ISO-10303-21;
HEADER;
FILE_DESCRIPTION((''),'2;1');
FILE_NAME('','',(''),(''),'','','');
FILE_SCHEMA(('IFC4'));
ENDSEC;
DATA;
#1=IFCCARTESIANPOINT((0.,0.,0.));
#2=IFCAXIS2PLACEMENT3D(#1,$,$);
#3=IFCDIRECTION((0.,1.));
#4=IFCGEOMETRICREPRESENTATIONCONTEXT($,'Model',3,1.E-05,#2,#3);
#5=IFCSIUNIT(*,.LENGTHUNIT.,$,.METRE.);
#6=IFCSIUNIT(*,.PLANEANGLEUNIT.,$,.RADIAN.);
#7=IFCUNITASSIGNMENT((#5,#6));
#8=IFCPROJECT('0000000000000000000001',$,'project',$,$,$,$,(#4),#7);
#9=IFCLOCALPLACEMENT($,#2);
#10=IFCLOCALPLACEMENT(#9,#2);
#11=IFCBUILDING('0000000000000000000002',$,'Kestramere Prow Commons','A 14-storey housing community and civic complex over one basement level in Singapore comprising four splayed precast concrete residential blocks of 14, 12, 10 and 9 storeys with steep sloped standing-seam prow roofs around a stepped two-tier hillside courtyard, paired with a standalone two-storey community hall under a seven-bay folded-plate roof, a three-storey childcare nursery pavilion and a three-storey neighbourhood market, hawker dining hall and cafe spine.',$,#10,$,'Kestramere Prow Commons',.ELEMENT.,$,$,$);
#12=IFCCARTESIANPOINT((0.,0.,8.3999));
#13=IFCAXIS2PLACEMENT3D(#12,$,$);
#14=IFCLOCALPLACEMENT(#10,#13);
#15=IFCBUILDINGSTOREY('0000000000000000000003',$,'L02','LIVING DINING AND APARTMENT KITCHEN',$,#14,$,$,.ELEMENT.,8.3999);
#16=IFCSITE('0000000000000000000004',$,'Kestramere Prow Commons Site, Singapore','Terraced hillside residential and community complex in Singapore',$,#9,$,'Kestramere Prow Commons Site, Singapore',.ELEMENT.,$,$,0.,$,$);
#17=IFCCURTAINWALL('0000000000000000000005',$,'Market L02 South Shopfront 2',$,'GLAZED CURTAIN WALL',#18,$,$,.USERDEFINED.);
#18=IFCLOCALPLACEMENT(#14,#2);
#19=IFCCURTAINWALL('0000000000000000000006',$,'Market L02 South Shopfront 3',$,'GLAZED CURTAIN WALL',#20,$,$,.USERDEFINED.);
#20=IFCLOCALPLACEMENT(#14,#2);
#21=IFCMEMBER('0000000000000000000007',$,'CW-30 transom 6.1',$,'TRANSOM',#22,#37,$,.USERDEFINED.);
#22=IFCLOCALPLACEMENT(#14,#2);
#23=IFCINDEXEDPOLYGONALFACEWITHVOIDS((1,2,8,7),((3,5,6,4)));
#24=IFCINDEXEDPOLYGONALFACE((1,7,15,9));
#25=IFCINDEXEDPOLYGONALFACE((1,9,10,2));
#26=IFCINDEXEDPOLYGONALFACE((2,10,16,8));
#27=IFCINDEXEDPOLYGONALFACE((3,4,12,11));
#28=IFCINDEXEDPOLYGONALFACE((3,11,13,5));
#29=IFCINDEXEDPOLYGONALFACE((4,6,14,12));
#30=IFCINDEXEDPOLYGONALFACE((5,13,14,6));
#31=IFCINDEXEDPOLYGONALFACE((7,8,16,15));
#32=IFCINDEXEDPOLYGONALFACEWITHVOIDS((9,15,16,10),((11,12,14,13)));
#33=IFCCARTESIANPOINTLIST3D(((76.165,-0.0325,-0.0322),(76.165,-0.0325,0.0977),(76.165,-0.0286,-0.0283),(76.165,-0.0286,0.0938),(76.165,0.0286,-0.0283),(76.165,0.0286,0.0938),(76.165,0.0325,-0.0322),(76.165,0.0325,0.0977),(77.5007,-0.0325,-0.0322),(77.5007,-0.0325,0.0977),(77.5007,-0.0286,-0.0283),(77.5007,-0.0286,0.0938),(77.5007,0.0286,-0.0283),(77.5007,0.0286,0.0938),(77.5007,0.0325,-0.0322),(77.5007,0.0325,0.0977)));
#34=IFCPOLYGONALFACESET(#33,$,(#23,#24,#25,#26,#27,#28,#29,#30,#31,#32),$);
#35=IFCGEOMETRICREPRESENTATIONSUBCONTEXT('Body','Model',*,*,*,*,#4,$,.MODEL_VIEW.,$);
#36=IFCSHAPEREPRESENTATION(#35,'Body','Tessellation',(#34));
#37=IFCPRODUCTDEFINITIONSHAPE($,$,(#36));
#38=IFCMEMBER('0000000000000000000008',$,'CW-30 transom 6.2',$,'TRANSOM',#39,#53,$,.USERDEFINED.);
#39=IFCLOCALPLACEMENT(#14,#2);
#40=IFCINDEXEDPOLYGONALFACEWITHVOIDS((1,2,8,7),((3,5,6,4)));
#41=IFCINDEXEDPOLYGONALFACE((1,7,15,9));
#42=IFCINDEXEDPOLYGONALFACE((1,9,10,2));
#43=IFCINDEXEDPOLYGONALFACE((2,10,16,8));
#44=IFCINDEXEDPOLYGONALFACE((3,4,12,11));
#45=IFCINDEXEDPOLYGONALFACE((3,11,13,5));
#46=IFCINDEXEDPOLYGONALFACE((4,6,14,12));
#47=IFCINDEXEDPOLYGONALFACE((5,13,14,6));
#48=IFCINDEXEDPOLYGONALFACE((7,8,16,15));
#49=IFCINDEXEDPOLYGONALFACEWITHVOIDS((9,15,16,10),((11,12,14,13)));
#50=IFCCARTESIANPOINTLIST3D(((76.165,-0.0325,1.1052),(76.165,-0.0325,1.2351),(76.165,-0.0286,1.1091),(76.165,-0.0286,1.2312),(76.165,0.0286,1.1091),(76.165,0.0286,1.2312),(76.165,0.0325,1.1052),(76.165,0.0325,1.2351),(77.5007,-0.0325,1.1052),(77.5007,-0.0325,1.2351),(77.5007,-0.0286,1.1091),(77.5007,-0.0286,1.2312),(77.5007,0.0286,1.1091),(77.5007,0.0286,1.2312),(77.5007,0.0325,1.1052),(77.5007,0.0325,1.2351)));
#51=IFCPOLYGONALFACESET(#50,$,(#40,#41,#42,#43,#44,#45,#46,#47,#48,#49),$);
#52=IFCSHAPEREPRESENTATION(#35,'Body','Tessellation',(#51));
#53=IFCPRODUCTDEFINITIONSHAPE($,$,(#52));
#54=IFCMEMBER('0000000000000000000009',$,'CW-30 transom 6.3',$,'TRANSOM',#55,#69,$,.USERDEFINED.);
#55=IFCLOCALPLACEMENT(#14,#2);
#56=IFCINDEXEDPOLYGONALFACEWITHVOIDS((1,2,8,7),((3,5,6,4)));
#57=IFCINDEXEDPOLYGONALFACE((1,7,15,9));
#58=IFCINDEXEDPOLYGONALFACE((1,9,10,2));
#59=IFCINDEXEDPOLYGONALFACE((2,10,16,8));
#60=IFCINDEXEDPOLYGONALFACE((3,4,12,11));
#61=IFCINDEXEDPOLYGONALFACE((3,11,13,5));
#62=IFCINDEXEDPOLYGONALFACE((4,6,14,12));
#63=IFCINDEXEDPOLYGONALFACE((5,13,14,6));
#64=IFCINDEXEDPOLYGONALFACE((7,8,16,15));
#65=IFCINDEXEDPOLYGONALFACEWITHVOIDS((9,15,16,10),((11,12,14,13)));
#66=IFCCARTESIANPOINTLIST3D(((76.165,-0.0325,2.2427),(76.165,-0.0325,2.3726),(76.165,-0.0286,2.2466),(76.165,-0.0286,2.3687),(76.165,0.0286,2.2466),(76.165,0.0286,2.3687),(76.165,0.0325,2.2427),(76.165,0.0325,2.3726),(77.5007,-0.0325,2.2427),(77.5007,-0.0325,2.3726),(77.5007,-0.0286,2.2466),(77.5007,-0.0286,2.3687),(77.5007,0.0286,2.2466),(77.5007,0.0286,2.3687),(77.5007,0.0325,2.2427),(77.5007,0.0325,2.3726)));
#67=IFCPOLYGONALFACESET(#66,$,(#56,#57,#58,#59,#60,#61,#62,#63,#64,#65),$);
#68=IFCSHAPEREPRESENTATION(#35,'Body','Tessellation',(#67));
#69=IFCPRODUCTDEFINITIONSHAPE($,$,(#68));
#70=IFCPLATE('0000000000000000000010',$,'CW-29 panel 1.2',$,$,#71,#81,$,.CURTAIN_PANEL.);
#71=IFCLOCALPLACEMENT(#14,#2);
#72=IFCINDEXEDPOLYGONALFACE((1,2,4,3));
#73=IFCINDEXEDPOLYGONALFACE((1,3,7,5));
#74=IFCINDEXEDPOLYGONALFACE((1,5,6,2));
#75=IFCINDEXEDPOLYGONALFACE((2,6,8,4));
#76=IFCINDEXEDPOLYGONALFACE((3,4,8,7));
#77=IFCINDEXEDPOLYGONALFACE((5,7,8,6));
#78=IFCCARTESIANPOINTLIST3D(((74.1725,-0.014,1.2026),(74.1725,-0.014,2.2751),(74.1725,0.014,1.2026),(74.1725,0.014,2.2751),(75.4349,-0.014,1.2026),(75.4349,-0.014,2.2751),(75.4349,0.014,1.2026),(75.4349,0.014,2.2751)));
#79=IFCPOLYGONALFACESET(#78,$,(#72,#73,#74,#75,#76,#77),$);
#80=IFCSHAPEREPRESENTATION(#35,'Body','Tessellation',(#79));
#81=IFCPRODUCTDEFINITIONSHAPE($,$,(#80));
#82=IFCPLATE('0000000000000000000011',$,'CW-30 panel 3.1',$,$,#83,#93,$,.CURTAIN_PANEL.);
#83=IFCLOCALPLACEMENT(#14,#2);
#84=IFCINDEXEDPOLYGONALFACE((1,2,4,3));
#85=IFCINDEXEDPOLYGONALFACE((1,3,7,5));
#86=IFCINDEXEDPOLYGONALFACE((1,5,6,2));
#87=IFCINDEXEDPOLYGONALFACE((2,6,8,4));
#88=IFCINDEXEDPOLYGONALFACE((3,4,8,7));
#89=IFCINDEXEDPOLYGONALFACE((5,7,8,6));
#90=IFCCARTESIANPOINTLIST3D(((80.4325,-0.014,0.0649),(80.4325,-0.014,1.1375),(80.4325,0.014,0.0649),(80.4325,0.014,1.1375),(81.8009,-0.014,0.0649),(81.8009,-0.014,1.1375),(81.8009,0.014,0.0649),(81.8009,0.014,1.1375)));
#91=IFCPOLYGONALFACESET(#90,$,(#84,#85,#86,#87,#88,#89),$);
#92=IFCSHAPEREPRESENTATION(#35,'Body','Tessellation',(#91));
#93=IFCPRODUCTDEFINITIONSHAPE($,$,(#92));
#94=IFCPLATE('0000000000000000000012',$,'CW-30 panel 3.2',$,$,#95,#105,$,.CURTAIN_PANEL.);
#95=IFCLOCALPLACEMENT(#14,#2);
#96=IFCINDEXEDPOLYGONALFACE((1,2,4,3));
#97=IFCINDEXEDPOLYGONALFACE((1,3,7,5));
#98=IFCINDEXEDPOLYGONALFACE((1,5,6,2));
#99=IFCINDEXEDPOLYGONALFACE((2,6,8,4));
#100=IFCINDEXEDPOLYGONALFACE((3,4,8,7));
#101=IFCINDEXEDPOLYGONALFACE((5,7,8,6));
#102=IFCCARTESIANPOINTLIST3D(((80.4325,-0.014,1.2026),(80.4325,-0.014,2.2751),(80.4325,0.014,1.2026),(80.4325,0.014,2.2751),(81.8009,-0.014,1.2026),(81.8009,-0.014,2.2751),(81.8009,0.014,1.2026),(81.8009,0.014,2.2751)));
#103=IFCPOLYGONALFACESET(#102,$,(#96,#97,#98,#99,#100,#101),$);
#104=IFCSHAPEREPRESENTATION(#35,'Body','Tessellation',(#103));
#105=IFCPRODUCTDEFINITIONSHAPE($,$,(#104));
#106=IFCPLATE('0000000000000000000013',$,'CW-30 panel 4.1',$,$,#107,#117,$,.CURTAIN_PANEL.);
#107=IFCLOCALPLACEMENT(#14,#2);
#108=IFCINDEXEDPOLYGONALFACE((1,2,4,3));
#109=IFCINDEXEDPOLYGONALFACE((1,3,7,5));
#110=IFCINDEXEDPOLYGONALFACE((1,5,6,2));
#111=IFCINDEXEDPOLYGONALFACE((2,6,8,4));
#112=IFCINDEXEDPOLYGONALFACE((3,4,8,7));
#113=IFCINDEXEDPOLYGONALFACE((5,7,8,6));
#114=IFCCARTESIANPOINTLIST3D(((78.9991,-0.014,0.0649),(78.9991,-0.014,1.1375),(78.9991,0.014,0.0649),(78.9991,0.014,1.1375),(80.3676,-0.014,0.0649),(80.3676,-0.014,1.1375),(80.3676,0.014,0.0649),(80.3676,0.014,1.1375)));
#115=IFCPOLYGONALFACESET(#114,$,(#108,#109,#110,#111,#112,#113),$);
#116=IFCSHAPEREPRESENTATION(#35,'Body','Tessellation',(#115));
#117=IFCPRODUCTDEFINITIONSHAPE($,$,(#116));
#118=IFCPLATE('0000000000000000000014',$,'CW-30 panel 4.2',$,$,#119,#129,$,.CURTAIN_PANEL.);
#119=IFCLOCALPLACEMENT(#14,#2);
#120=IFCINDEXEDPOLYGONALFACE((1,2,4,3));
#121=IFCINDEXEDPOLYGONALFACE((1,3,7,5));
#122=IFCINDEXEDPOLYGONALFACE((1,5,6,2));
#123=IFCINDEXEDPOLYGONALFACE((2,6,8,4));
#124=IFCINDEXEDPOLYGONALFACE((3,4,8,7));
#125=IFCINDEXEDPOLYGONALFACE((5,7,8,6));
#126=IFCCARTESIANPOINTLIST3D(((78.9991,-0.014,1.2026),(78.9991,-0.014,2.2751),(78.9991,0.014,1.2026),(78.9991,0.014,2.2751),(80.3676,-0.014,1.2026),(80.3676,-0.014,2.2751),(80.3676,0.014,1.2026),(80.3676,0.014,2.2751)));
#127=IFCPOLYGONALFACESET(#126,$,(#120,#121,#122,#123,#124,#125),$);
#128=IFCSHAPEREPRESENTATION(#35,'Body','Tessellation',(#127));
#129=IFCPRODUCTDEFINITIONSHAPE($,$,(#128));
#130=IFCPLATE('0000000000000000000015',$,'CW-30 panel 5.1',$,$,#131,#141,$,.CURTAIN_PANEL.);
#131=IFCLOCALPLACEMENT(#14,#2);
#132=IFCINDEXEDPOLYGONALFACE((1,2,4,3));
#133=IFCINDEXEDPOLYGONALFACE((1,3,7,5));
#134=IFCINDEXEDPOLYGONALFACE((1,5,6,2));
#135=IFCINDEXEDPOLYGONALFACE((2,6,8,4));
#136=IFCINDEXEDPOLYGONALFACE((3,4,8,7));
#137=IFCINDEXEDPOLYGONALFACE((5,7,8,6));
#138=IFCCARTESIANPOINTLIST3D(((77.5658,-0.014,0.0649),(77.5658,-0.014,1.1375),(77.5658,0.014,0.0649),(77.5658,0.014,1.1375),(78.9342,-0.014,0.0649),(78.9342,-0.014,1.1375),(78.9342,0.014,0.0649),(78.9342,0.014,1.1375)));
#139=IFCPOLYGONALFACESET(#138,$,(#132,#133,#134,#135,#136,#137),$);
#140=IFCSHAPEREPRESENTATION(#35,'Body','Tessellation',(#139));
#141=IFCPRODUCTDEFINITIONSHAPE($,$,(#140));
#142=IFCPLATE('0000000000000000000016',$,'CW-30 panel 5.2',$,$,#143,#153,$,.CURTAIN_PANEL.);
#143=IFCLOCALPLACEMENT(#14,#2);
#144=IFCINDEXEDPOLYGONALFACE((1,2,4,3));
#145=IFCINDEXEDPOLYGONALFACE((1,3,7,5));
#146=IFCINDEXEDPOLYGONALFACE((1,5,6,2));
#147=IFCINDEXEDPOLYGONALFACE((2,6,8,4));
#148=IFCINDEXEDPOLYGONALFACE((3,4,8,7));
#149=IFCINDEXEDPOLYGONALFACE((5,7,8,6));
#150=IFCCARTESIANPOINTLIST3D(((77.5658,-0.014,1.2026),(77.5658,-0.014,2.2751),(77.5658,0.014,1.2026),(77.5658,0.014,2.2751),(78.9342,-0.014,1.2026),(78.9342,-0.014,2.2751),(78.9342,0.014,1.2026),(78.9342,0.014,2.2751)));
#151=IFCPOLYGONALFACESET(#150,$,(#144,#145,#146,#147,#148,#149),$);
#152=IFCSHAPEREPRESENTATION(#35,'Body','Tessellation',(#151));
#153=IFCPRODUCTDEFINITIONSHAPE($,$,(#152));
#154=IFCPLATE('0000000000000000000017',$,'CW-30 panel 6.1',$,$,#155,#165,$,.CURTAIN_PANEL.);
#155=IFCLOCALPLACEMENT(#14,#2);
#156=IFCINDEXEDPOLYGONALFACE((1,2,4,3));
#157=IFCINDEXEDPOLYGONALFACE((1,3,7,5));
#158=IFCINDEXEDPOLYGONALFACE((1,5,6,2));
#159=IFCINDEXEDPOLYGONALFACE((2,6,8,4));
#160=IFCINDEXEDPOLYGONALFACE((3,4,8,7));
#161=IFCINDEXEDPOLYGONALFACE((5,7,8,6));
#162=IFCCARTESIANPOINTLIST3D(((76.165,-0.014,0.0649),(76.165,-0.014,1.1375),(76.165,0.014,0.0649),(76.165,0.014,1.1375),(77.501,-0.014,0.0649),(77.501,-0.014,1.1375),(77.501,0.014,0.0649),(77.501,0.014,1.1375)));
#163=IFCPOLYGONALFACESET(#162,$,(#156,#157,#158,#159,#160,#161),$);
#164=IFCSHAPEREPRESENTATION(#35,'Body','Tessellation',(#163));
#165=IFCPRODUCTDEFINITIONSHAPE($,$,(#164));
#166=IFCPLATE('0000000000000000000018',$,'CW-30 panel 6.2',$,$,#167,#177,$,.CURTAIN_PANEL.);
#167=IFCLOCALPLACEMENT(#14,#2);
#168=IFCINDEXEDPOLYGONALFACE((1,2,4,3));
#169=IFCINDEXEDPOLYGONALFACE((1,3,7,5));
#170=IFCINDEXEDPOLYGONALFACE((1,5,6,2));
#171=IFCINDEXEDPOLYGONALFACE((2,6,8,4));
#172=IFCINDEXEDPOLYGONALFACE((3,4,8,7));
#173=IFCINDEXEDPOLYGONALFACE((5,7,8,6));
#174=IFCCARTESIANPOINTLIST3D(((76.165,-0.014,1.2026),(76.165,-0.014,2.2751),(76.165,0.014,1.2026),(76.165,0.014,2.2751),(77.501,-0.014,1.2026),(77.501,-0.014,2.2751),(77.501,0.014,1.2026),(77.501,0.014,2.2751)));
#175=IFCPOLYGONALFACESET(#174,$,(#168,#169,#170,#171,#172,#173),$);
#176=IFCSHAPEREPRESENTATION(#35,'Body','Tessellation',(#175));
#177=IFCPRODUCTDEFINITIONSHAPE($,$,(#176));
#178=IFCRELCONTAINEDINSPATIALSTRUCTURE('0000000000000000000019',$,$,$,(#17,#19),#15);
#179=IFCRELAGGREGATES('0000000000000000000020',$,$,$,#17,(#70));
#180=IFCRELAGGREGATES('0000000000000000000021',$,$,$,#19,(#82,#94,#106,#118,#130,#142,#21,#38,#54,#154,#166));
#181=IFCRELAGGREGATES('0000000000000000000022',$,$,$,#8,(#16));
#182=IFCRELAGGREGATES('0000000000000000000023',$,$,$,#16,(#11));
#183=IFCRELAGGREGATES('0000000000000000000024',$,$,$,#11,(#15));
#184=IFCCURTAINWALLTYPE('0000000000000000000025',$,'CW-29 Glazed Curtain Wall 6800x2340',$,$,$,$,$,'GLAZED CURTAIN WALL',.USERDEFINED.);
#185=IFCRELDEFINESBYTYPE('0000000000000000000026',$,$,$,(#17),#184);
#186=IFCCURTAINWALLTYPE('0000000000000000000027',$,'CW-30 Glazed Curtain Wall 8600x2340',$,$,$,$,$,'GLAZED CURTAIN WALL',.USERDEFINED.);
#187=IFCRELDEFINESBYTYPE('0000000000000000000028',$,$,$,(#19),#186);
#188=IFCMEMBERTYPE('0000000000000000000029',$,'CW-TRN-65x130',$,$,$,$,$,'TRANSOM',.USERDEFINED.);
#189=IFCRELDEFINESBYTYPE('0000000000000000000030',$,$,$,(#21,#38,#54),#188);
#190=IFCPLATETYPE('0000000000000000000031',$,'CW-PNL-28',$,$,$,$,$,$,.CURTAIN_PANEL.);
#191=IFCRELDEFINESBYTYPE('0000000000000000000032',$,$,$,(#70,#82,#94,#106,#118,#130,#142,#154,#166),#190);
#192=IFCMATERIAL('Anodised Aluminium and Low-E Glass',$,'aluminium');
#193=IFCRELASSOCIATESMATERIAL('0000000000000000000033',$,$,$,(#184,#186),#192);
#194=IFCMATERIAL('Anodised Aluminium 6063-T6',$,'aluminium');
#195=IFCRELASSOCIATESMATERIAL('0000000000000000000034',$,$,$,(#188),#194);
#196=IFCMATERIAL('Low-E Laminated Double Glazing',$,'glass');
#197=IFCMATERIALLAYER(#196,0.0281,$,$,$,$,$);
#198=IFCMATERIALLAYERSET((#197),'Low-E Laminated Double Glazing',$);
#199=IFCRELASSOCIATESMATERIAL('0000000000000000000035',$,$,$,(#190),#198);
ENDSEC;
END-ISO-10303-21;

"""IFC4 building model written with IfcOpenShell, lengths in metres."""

from ifc_helpers import new_model, si_unit, direction, frame, origin, origin_2d, place, context, subcontext, project, spatial, rectangle, hollow_rectangle, extrude, material, layer, layer_set, material_profile, profile_set, type_object, element, aggregate, save


model = new_model("IFC4")

# Units and contexts
model_context = context("Model", 3, precision=1e-05, world=origin(), true_north=direction((0.0, 1.0)))
body_context = subcontext(model_context, "Body", "Model", "MODEL_VIEW")
ifc_project = project(units=[si_unit("LENGTHUNIT", "METRE"), si_unit("PLANEANGLEUNIT", "RADIAN")], contexts=[model_context])

# Site, building, storey
site_placement = place(None, origin())
site = spatial("IfcSite", under=ifc_project, at=site_placement, Name="Kestramere Prow Commons Site, Singapore", Description="Terraced hillside residential and community complex in Singapore", LongName="Kestramere Prow Commons Site, Singapore", CompositionType="ELEMENT", RefElevation=0.0)
building_placement = place(site_placement, origin())
building = spatial("IfcBuilding", under=site, at=building_placement, Name="Kestramere Prow Commons", Description="A 14-storey housing community and civic complex over one basement level in Singapore comprising four splayed precast concrete residential blocks of 14, 12, 10 and 9 storeys with steep sloped standing-seam prow roofs around a stepped two-tier hillside courtyard, paired with a standalone two-storey community hall under a seven-bay folded-plate roof, a three-storey childcare nursery pavilion and a three-storey neighbourhood market, hawker dining hall and cafe spine.", LongName="Kestramere Prow Commons", CompositionType="ELEMENT")
storey_placement = place(building_placement, frame((0.0, 0.0, 8.3999)))
storey = spatial("IfcBuildingStorey", under=building, at=storey_placement, Name="L02", Description="LIVING DINING AND APARTMENT KITCHEN", CompositionType="ELEMENT", Elevation=8.3999)

# Curtain wall
ifc_material_1 = material(Name="Anodised Aluminium and Low-E Glass", Category="aluminium")
curtain_wall_type_1 = type_object("IfcCurtainWallType", Name="CW-29 Glazed Curtain Wall 6800x2340", ElementType="GLAZED CURTAIN WALL", PredefinedType="USERDEFINED", material=ifc_material_1)
curtain_wall_1_placement = place(storey_placement, origin())
curtain_wall_1 = element("IfcCurtainWall", 1, at=curtain_wall_1_placement, inside=storey, type_object=curtain_wall_type_1, Name="Market L02 South Shopfront 2", ObjectType="GLAZED CURTAIN WALL", PredefinedType="USERDEFINED")
ifc_material_2 = material(Name="Anodised Aluminium 6063-T6", Category="aluminium")

# Curtain wall
curtain_wall_type_2 = type_object("IfcCurtainWallType", Name="CW-30 Glazed Curtain Wall 8600x2340", ElementType="GLAZED CURTAIN WALL", PredefinedType="USERDEFINED", material=ifc_material_1)
curtain_wall_2_placement = place(storey_placement, origin())
curtain_wall_2 = element("IfcCurtainWall", 2, at=curtain_wall_2_placement, inside=storey, type_object=curtain_wall_type_2, Name="Market L02 South Shopfront 3", ObjectType="GLAZED CURTAIN WALL", PredefinedType="USERDEFINED")

# Members
ifc_material_profile_1 = material_profile(ifc_material_2, hollow_rectangle(XDim=0.0649, YDim=0.1299, WallThickness=0.0039, at=origin_2d()), Name="ALU-TRN 65x130")
ifc_profile_set_1 = profile_set([ifc_material_profile_1], Name="Anodised Aluminium 6063-T6")
member_type_1 = type_object("IfcMemberType", Name="CW-TRN-65x130", ElementType="TRANSOM", PredefinedType="USERDEFINED", material=ifc_profile_set_1)
member_1_placement = place(storey_placement, frame((77.5007, 0.0, 0.0327), z_axis=(-1.0, 0.0, 0.0), x_axis=(0.0, -1.0, 0.0)))
member_1 = element("IfcMember", 3, at=member_1_placement, type_object=member_type_1, Name="CW-30 transom 6.1", ObjectType="TRANSOM", PredefinedType="USERDEFINED", context=body_context, shape_type="SweptSolid", body=[
    extrude(hollow_rectangle(XDim=0.0649, YDim=0.1299, WallThickness=0.0039, at=origin_2d()), origin(), (0.0, 0.0, 1.0), 1.3357),
])
member_2_placement = place(storey_placement, frame((77.5007, 0.0, 1.1702), z_axis=(-1.0, 0.0, 0.0), x_axis=(0.0, -1.0, 0.0)))
member_2 = element("IfcMember", 4, at=member_2_placement, type_object=member_type_1, Name="CW-30 transom 6.2", ObjectType="TRANSOM", PredefinedType="USERDEFINED", context=body_context, shape_type="SweptSolid", body=[
    extrude(hollow_rectangle(XDim=0.0649, YDim=0.1299, WallThickness=0.0039, at=origin_2d()), origin(), (0.0, 0.0, 1.0), 1.3357),
])
member_3_placement = place(storey_placement, frame((77.5007, 0.0, 2.3076), z_axis=(-1.0, 0.0, 0.0), x_axis=(0.0, -1.0, 0.0)))
member_3 = element("IfcMember", 5, at=member_3_placement, type_object=member_type_1, Name="CW-30 transom 6.3", ObjectType="TRANSOM", PredefinedType="USERDEFINED", context=body_context, shape_type="SweptSolid", body=[
    extrude(hollow_rectangle(XDim=0.0649, YDim=0.1299, WallThickness=0.0039, at=origin_2d()), origin(), (0.0, 0.0, 1.0), 1.3357),
])

# Plates
ifc_material_3 = material(Name="Low-E Laminated Double Glazing", Category="glass")
ifc_layer = layer(ifc_material_3, 0.0281)
ifc_layer_set = layer_set([ifc_layer], Name="Low-E Laminated Double Glazing")
plate_type = type_object("IfcPlateType", Name="CW-PNL-28", PredefinedType="CURTAIN_PANEL", material=ifc_layer_set)
plate_1_placement = place(storey_placement, frame((74.8037, 0.0, 1.2026), z_axis=(0.0, 0.0, 1.0), x_axis=(-1.0, 0.0, 0.0)))
plate_1 = element("IfcPlate", 6, at=plate_1_placement, type_object=plate_type, Name="CW-29 panel 1.2", PredefinedType="CURTAIN_PANEL", context=body_context, shape_type="SweptSolid", body=[
    extrude(rectangle(XDim=1.2625, YDim=0.0281, at=origin_2d()), origin(), (0.0, 0.0, 1.0), 1.0725),
])
aggregate(curtain_wall_1, [plate_1])
plate_2_placement = place(storey_placement, frame((81.1167, 0.0, 0.0649), z_axis=(0.0, 0.0, 1.0), x_axis=(-1.0, 0.0, 0.0)))
plate_2 = element("IfcPlate", 7, at=plate_2_placement, type_object=plate_type, Name="CW-30 panel 3.1", PredefinedType="CURTAIN_PANEL", context=body_context, shape_type="SweptSolid", body=[
    extrude(rectangle(XDim=1.3684, YDim=0.0281, at=origin_2d()), origin(), (0.0, 0.0, 1.0), 1.0725),
])
plate_3_placement = place(storey_placement, frame((81.1167, 0.0, 1.2026), z_axis=(0.0, 0.0, 1.0), x_axis=(-1.0, 0.0, 0.0)))
plate_3 = element("IfcPlate", 8, at=plate_3_placement, type_object=plate_type, Name="CW-30 panel 3.2", PredefinedType="CURTAIN_PANEL", context=body_context, shape_type="SweptSolid", body=[
    extrude(rectangle(XDim=1.3684, YDim=0.0281, at=origin_2d()), origin(), (0.0, 0.0, 1.0), 1.0725),
])
plate_4_placement = place(storey_placement, frame((79.6833, 0.0, 0.0649), z_axis=(0.0, 0.0, 1.0), x_axis=(-1.0, 0.0, 0.0)))
plate_4 = element("IfcPlate", 9, at=plate_4_placement, type_object=plate_type, Name="CW-30 panel 4.1", PredefinedType="CURTAIN_PANEL", context=body_context, shape_type="SweptSolid", body=[
    extrude(rectangle(XDim=1.3684, YDim=0.0281, at=origin_2d()), origin(), (0.0, 0.0, 1.0), 1.0725),
])
plate_5_placement = place(storey_placement, frame((79.6833, 0.0, 1.2026), z_axis=(0.0, 0.0, 1.0), x_axis=(-1.0, 0.0, 0.0)))
plate_5 = element("IfcPlate", 10, at=plate_5_placement, type_object=plate_type, Name="CW-30 panel 4.2", PredefinedType="CURTAIN_PANEL", context=body_context, shape_type="SweptSolid", body=[
    extrude(rectangle(XDim=1.3684, YDim=0.0281, at=origin_2d()), origin(), (0.0, 0.0, 1.0), 1.0725),
])
plate_6_placement = place(storey_placement, frame((78.25, 0.0, 0.0649), z_axis=(0.0, 0.0, 1.0), x_axis=(-1.0, 0.0, 0.0)))
plate_6 = element("IfcPlate", 11, at=plate_6_placement, type_object=plate_type, Name="CW-30 panel 5.1", PredefinedType="CURTAIN_PANEL", context=body_context, shape_type="SweptSolid", body=[
    extrude(rectangle(XDim=1.3684, YDim=0.0281, at=origin_2d()), origin(), (0.0, 0.0, 1.0), 1.0725),
])
plate_7_placement = place(storey_placement, frame((78.25, 0.0, 1.2026), z_axis=(0.0, 0.0, 1.0), x_axis=(-1.0, 0.0, 0.0)))
plate_7 = element("IfcPlate", 12, at=plate_7_placement, type_object=plate_type, Name="CW-30 panel 5.2", PredefinedType="CURTAIN_PANEL", context=body_context, shape_type="SweptSolid", body=[
    extrude(rectangle(XDim=1.3684, YDim=0.0281, at=origin_2d()), origin(), (0.0, 0.0, 1.0), 1.0725),
])
plate_8_placement = place(storey_placement, frame((76.833, 0.0, 0.0649), z_axis=(0.0, 0.0, 1.0), x_axis=(-1.0, 0.0, 0.0)))
plate_8 = element("IfcPlate", 13, at=plate_8_placement, type_object=plate_type, Name="CW-30 panel 6.1", PredefinedType="CURTAIN_PANEL", context=body_context, shape_type="SweptSolid", body=[
    extrude(rectangle(XDim=1.3359, YDim=0.0281, at=origin_2d()), origin(), (0.0, 0.0, 1.0), 1.0725),
])
plate_9_placement = place(storey_placement, frame((76.833, 0.0, 1.2026), z_axis=(0.0, 0.0, 1.0), x_axis=(-1.0, 0.0, 0.0)))
plate_9 = element("IfcPlate", 14, at=plate_9_placement, type_object=plate_type, Name="CW-30 panel 6.2", PredefinedType="CURTAIN_PANEL", context=body_context, shape_type="SweptSolid", body=[
    extrude(rectangle(XDim=1.3359, YDim=0.0281, at=origin_2d()), origin(), (0.0, 0.0, 1.0), 1.0725),
])
aggregate(curtain_wall_2, [plate_2, plate_3, plate_4, plate_5, plate_6, plate_7, member_1, member_2, member_3, plate_8, plate_9])

save(model, "model.ifc")
